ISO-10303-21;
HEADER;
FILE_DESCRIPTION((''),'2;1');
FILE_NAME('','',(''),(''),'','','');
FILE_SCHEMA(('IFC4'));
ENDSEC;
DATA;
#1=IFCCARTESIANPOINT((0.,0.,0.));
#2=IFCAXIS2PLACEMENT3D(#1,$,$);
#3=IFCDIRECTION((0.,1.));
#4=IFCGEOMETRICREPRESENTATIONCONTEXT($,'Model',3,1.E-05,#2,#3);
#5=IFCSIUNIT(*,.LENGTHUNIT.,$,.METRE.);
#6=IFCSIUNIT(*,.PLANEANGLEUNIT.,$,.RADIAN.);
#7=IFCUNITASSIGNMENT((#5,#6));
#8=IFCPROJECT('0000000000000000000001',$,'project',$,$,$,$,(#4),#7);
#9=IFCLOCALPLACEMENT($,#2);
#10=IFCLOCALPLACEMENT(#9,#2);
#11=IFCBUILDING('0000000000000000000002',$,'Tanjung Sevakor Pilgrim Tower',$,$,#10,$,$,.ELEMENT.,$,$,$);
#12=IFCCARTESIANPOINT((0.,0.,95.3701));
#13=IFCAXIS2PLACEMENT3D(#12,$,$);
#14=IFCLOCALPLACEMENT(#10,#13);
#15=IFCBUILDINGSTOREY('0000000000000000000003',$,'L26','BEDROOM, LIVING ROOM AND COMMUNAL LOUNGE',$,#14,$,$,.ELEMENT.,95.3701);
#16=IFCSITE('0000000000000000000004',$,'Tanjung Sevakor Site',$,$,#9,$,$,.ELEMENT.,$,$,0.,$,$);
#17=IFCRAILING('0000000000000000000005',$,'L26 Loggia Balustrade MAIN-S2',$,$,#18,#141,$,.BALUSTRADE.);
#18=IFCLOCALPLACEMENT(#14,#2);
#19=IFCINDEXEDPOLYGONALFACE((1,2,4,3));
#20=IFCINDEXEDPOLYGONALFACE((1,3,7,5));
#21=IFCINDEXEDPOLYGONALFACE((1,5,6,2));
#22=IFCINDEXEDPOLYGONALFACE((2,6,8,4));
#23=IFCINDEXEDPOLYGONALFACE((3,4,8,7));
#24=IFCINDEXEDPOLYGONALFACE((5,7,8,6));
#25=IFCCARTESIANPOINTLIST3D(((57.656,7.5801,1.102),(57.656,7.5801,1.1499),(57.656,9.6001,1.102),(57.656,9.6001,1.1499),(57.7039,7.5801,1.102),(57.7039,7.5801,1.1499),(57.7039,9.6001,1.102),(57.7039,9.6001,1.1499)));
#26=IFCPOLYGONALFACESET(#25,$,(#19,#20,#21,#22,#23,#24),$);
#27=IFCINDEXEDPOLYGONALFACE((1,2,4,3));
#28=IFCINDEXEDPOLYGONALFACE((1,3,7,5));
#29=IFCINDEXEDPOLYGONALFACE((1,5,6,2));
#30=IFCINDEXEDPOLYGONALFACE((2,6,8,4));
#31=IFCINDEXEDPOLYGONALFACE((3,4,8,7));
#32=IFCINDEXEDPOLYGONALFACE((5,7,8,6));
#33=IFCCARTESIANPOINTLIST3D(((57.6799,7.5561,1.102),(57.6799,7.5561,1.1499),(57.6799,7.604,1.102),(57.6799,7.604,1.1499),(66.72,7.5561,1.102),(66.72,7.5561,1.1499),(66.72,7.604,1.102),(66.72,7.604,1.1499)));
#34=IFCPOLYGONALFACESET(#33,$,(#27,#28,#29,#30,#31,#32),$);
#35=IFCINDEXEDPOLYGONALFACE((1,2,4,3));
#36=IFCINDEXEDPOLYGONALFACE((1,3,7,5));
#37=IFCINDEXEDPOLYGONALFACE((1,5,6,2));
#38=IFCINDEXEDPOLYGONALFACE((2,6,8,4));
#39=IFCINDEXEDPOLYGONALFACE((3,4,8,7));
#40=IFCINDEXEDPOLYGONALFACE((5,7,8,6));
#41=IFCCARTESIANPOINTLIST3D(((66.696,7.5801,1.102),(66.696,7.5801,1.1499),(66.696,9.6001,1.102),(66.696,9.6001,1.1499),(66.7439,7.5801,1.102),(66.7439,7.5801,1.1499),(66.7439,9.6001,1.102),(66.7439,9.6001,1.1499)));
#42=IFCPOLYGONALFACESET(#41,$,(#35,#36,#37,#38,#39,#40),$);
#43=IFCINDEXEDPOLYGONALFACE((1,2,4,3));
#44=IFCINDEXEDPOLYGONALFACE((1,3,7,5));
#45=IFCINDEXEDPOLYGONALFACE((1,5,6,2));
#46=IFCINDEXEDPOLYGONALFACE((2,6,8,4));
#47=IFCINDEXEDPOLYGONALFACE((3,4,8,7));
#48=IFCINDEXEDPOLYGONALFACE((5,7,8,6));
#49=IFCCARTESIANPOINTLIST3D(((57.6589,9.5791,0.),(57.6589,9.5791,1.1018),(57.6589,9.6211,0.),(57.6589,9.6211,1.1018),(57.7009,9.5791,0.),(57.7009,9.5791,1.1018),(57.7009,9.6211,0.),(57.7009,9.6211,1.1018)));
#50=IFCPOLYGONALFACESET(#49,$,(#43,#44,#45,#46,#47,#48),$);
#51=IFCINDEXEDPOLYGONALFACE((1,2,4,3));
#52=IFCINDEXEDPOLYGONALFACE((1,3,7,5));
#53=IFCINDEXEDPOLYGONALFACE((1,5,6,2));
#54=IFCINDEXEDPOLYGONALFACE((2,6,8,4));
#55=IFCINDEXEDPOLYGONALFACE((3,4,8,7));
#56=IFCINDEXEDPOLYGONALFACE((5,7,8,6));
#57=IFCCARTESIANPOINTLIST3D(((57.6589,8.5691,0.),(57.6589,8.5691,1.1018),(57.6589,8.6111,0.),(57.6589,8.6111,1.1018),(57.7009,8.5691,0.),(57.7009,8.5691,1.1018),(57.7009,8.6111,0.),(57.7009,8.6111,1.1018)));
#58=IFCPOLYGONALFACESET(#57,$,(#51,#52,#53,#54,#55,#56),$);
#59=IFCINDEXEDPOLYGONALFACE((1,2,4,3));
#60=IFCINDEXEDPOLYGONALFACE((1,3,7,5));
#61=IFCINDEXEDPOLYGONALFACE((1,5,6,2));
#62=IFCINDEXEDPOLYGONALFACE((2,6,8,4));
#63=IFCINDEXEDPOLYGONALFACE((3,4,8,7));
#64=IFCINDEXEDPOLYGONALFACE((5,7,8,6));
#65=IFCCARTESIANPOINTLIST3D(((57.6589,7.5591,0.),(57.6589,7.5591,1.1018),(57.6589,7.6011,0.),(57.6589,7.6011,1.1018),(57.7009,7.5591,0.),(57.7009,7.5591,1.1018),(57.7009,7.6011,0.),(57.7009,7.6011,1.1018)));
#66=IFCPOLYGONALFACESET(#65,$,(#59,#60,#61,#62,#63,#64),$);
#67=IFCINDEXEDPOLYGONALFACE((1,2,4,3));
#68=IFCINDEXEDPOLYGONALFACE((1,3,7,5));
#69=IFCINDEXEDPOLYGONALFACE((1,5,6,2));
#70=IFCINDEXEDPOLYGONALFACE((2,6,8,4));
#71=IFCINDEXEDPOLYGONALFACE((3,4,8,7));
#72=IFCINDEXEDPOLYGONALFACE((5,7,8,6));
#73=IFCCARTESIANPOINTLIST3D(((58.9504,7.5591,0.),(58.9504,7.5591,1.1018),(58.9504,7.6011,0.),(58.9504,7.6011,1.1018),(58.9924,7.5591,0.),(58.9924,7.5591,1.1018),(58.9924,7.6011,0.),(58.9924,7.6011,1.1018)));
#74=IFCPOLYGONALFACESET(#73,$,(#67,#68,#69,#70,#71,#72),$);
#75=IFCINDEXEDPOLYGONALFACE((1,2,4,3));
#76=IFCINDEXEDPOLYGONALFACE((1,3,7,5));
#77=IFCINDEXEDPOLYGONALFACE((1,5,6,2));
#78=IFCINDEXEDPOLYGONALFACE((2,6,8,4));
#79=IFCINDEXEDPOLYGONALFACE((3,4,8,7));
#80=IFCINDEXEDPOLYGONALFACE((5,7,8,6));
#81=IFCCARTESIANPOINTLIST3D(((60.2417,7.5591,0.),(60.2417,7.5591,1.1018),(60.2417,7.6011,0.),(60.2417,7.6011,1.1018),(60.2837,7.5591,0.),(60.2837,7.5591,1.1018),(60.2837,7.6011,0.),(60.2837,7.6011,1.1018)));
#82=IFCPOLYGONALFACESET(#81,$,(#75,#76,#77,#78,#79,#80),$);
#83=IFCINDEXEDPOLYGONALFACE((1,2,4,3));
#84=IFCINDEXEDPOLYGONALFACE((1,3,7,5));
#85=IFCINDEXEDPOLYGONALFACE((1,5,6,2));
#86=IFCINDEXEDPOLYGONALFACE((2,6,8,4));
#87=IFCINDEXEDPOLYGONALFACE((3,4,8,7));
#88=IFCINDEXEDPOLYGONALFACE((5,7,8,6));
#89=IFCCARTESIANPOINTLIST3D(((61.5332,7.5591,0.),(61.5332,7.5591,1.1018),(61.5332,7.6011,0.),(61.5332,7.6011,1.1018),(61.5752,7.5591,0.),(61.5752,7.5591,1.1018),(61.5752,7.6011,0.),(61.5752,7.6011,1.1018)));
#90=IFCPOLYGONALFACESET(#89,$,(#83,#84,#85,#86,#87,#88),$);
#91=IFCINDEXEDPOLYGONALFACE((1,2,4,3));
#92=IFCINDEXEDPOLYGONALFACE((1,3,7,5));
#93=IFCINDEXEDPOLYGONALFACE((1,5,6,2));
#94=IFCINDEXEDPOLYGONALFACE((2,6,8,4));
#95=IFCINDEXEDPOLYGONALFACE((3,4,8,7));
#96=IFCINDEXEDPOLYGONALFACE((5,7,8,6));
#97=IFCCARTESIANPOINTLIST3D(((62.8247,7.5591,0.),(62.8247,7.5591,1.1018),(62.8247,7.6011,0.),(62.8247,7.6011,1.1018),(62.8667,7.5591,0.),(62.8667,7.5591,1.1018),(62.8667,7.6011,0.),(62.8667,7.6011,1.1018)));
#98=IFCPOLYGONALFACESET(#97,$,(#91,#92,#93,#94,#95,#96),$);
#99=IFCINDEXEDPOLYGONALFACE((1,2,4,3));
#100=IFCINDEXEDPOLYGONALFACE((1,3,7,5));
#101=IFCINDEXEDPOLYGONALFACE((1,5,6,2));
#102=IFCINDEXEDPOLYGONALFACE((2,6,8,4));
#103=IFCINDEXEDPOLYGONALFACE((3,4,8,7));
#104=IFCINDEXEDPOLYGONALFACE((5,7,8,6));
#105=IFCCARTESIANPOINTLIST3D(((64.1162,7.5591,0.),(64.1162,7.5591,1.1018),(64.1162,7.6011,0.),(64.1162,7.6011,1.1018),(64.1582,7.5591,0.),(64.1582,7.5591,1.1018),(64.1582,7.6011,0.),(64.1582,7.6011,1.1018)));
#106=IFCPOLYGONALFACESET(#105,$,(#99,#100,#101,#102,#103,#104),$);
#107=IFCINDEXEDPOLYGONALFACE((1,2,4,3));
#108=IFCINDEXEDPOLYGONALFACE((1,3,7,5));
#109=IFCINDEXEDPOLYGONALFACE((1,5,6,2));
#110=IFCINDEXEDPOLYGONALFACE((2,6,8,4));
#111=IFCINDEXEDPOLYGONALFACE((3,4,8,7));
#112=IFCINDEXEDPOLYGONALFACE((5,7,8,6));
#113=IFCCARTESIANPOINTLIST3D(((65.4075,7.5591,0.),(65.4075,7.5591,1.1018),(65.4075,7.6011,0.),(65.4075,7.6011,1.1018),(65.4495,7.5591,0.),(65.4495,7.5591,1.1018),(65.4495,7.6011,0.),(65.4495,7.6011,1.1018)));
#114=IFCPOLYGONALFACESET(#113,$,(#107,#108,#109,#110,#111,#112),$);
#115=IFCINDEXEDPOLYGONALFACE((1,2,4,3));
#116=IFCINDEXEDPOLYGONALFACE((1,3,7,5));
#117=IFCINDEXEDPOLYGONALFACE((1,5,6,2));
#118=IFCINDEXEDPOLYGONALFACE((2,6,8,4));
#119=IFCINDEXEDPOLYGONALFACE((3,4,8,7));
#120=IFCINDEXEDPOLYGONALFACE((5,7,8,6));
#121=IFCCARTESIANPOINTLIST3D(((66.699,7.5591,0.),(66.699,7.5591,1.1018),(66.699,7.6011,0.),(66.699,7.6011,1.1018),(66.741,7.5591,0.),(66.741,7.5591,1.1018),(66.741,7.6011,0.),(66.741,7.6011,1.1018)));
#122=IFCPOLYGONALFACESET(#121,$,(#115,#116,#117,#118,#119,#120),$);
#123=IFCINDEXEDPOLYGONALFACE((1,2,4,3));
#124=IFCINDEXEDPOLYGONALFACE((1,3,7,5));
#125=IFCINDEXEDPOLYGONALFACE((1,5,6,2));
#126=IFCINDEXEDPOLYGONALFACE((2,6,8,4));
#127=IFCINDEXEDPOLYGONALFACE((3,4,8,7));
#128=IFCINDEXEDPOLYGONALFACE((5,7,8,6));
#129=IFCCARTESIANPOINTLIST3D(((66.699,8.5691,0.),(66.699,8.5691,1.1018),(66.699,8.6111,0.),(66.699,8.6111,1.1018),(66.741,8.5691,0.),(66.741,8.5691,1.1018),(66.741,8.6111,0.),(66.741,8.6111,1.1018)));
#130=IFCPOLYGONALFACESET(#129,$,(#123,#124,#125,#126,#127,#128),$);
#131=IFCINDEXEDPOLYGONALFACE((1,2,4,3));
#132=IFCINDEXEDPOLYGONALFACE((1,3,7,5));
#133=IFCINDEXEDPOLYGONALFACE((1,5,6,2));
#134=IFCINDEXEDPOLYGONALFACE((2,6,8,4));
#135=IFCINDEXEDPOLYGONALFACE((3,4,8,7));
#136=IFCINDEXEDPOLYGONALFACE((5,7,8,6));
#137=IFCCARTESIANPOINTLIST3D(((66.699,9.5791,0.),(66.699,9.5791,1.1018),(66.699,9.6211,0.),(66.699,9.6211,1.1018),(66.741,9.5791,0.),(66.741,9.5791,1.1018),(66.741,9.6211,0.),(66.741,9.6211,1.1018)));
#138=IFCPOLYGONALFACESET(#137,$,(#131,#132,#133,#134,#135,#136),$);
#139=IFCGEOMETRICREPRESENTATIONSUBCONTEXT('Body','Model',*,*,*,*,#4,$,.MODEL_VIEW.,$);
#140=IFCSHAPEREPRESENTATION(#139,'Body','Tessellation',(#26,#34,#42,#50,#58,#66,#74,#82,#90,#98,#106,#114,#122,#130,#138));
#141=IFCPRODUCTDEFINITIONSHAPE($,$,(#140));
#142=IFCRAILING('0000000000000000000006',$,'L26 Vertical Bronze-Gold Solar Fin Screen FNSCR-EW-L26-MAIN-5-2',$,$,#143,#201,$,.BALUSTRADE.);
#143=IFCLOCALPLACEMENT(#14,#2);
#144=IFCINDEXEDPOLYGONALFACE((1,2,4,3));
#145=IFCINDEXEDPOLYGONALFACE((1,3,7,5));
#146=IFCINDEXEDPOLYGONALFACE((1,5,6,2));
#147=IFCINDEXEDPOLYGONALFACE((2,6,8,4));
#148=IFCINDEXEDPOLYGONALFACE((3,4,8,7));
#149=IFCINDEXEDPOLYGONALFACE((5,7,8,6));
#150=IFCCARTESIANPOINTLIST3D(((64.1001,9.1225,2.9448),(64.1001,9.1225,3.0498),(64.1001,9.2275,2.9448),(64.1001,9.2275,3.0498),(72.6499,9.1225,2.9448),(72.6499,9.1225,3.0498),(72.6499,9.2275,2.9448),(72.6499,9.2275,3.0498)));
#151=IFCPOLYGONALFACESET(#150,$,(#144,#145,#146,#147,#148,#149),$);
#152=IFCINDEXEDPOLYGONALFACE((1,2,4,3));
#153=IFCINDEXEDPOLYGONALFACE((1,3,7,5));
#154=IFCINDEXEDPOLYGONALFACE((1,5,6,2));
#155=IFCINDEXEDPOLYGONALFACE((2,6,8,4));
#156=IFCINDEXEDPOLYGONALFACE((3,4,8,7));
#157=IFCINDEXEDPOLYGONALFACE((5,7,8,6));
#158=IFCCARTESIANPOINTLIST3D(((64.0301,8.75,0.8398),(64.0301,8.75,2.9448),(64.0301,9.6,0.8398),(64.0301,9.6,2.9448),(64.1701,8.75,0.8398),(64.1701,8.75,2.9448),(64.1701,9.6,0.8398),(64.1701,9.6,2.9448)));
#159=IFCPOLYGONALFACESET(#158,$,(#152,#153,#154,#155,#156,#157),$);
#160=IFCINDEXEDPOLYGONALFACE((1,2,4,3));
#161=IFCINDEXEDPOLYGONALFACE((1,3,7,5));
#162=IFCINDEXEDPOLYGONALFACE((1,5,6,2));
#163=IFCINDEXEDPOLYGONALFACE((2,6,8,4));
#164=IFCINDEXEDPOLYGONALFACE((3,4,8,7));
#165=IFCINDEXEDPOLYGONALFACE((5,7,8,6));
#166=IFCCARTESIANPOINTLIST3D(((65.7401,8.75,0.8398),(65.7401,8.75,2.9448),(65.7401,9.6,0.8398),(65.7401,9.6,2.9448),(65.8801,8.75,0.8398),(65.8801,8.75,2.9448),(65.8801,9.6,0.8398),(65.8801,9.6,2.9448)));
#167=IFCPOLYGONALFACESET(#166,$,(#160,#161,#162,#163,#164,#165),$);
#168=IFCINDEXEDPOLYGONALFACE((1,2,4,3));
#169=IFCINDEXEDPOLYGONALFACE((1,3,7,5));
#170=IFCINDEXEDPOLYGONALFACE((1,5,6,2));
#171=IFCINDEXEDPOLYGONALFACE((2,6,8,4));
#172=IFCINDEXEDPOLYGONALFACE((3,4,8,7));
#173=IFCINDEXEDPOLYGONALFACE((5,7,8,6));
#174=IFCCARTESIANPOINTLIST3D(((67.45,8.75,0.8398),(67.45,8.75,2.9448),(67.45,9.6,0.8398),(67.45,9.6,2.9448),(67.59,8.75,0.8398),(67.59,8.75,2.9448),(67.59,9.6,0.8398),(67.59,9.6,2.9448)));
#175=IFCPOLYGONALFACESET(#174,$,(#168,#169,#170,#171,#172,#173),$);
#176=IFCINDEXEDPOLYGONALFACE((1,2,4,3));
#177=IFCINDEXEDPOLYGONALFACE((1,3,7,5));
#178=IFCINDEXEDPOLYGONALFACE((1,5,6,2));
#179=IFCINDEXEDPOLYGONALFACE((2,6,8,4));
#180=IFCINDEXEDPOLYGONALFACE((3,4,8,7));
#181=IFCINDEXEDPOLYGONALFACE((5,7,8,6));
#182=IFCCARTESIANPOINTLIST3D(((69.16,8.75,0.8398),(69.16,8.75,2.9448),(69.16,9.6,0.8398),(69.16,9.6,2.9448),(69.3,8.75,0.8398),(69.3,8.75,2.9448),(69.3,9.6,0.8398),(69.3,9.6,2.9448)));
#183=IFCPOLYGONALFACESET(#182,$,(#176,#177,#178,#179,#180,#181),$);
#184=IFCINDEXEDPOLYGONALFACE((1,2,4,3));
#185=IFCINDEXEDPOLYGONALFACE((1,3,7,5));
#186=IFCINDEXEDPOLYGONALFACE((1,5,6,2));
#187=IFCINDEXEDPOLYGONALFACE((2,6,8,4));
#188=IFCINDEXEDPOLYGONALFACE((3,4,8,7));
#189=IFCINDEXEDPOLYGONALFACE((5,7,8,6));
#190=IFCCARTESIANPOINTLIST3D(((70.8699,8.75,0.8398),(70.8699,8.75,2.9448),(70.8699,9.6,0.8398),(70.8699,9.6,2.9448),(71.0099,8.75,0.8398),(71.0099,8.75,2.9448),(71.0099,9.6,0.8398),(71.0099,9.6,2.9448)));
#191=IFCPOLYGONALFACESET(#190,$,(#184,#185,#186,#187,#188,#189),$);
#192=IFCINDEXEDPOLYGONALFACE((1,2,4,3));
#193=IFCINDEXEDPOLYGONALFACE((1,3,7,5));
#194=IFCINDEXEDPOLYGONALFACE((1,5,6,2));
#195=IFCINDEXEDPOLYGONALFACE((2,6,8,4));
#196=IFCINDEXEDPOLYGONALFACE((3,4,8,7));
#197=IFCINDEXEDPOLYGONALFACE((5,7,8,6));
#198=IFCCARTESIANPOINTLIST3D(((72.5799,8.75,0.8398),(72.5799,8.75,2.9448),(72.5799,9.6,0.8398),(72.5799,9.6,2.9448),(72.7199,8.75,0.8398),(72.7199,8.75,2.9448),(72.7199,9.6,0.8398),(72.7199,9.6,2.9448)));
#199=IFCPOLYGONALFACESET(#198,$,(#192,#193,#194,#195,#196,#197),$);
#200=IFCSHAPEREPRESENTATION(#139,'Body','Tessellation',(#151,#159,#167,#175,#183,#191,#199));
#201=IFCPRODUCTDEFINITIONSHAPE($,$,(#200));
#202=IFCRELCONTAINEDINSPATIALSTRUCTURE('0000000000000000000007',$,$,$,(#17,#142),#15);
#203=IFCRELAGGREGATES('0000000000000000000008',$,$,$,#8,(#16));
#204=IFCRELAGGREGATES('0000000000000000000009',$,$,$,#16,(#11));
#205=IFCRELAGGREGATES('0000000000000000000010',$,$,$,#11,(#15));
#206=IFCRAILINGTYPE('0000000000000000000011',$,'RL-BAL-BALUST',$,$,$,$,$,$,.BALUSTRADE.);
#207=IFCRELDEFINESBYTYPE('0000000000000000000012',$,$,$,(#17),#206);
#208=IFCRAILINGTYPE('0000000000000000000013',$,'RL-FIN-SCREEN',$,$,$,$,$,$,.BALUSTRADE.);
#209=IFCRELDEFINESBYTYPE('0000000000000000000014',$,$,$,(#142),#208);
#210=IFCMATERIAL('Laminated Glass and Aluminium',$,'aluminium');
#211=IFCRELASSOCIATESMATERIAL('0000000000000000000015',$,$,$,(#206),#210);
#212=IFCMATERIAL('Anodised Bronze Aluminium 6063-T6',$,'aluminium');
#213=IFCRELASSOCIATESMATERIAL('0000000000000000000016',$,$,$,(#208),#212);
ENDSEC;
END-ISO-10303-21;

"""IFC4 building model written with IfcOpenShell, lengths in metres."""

from ifc_helpers import new_model, si_unit, direction, frame, origin, place, context, subcontext, project, spatial, rectangle, extrude, material, type_object, element, save


model = new_model("IFC4")

# Units and contexts
model_context = context("Model", 3, precision=1e-05, world=origin(), true_north=direction((0.0, 1.0)))
body_context = subcontext(model_context, "Body", "Model", "MODEL_VIEW")
ifc_project = project(units=[si_unit("LENGTHUNIT", "METRE"), si_unit("PLANEANGLEUNIT", "RADIAN")], contexts=[model_context])

# Site, building, storey
site_placement = place(None, origin())
site = spatial("IfcSite", under=ifc_project, at=site_placement, Name="Tanjung Sevakor Site", CompositionType="ELEMENT", RefElevation=0.0)
building_placement = place(site_placement, origin())
building = spatial("IfcBuilding", under=site, at=building_placement, Name="Tanjung Sevakor Pilgrim Tower", CompositionType="ELEMENT")
storey_placement = place(building_placement, frame((0.0, 0.0, 95.3701)))
storey = spatial("IfcBuildingStorey", under=building, at=storey_placement, Name="L26", Description="BEDROOM, LIVING ROOM AND COMMUNAL LOUNGE", CompositionType="ELEMENT", Elevation=95.3701)

# Railings
ifc_material_1 = material(Name="Laminated Glass and Aluminium", Category="aluminium")
railing_type_1 = type_object("IfcRailingType", Name="RL-BAL-BALUST", PredefinedType="BALUSTRADE", material=ifc_material_1)
railing_1_placement = place(storey_placement, frame((57.6799, 9.6001, 0.0)))
element("IfcRailing", 1, at=railing_1_placement, inside=storey, type_object=railing_type_1, Name="L26 Loggia Balustrade MAIN-S2", PredefinedType="BALUSTRADE", context=body_context, shape_type="SweptSolid", body=[
    extrude(rectangle(XDim=0.0479, YDim=0.0479), frame((0.0, 0.0, 1.126), z_axis=(0.0, -1.0, 0.0), x_axis=(1.0, 0.0, 0.0)), (0.0, 0.0, 1.0), 2.02),
    extrude(rectangle(XDim=0.0479, YDim=0.0479), frame((0.0, -2.02, 1.126), z_axis=(1.0, 0.0, 0.0), x_axis=(0.0, 1.0, 0.0)), (0.0, 0.0, 1.0), 9.04),
    extrude(rectangle(XDim=0.0479, YDim=0.0479), frame((9.04, -2.02, 1.126), z_axis=(0.0, 1.0, 0.0), x_axis=(-1.0, 0.0, 0.0)), (0.0, 0.0, 1.0), 2.02),
    extrude(rectangle(XDim=0.042, YDim=0.042), origin(), (0.0, 0.0, 1.0), 1.1018),
    extrude(rectangle(XDim=0.042, YDim=0.042), frame((0.0, -1.01, 0.0)), (0.0, 0.0, 1.0), 1.1018),
    extrude(rectangle(XDim=0.042, YDim=0.042), frame((0.0, -2.02, 0.0)), (0.0, 0.0, 1.0), 1.1018),
    extrude(rectangle(XDim=0.042, YDim=0.042), frame((1.2915, -2.02, 0.0)), (0.0, 0.0, 1.0), 1.1018),
    extrude(rectangle(XDim=0.042, YDim=0.042), frame((2.5828, -2.02, 0.0)), (0.0, 0.0, 1.0), 1.1018),
    extrude(rectangle(XDim=0.042, YDim=0.042), frame((3.8743, -2.02, 0.0)), (0.0, 0.0, 1.0), 1.1018),
    extrude(rectangle(XDim=0.042, YDim=0.042), frame((5.1658, -2.02, 0.0)), (0.0, 0.0, 1.0), 1.1018),
    extrude(rectangle(XDim=0.042, YDim=0.042), frame((6.4573, -2.02, 0.0)), (0.0, 0.0, 1.0), 1.1018),
    extrude(rectangle(XDim=0.042, YDim=0.042), frame((7.7485, -2.02, 0.0)), (0.0, 0.0, 1.0), 1.1018),
    extrude(rectangle(XDim=0.042, YDim=0.042), frame((9.04, -2.02, 0.0)), (0.0, 0.0, 1.0), 1.1018),
    extrude(rectangle(XDim=0.042, YDim=0.042), frame((9.04, -1.01, 0.0)), (0.0, 0.0, 1.0), 1.1018),
    extrude(rectangle(XDim=0.042, YDim=0.042), frame((9.04, 0.0, 0.0)), (0.0, 0.0, 1.0), 1.1018),
])
ifc_material_2 = material(Name="Anodised Bronze Aluminium 6063-T6", Category="aluminium")
railing_type_2 = type_object("IfcRailingType", Name="RL-FIN-SCREEN", PredefinedType="BALUSTRADE", material=ifc_material_2)
railing_2_placement = place(storey_placement, frame((64.1001, 9.175, 0.8398)))
element("IfcRailing", 2, at=railing_2_placement, inside=storey, type_object=railing_type_2, Name="L26 Vertical Bronze-Gold Solar Fin Screen FNSCR-EW-L26-MAIN-5-2", PredefinedType="BALUSTRADE", context=body_context, shape_type="SweptSolid", body=[
    extrude(rectangle(XDim=0.105, YDim=0.105), frame((0.0, 0.0, 2.1575), z_axis=(1.0, 0.0, 0.0), x_axis=(0.0, 1.0, 0.0)), (0.0, 0.0, 1.0), 8.5498),
    extrude(rectangle(XDim=0.14, YDim=0.85), origin(), (0.0, 0.0, 1.0), 2.105),
    extrude(rectangle(XDim=0.14, YDim=0.85), frame((1.71, 0.0, 0.0)), (0.0, 0.0, 1.0), 2.105),
    extrude(rectangle(XDim=0.14, YDim=0.85), frame((3.4199, 0.0, 0.0)), (0.0, 0.0, 1.0), 2.105),
    extrude(rectangle(XDim=0.14, YDim=0.85), frame((5.1299, 0.0, 0.0)), (0.0, 0.0, 1.0), 2.105),
    extrude(rectangle(XDim=0.14, YDim=0.85), frame((6.8398, 0.0, 0.0)), (0.0, 0.0, 1.0), 2.105),
    extrude(rectangle(XDim=0.14, YDim=0.85), frame((8.5498, 0.0, 0.0)), (0.0, 0.0, 1.0), 2.105),
])

save(model, "model.ifc")
